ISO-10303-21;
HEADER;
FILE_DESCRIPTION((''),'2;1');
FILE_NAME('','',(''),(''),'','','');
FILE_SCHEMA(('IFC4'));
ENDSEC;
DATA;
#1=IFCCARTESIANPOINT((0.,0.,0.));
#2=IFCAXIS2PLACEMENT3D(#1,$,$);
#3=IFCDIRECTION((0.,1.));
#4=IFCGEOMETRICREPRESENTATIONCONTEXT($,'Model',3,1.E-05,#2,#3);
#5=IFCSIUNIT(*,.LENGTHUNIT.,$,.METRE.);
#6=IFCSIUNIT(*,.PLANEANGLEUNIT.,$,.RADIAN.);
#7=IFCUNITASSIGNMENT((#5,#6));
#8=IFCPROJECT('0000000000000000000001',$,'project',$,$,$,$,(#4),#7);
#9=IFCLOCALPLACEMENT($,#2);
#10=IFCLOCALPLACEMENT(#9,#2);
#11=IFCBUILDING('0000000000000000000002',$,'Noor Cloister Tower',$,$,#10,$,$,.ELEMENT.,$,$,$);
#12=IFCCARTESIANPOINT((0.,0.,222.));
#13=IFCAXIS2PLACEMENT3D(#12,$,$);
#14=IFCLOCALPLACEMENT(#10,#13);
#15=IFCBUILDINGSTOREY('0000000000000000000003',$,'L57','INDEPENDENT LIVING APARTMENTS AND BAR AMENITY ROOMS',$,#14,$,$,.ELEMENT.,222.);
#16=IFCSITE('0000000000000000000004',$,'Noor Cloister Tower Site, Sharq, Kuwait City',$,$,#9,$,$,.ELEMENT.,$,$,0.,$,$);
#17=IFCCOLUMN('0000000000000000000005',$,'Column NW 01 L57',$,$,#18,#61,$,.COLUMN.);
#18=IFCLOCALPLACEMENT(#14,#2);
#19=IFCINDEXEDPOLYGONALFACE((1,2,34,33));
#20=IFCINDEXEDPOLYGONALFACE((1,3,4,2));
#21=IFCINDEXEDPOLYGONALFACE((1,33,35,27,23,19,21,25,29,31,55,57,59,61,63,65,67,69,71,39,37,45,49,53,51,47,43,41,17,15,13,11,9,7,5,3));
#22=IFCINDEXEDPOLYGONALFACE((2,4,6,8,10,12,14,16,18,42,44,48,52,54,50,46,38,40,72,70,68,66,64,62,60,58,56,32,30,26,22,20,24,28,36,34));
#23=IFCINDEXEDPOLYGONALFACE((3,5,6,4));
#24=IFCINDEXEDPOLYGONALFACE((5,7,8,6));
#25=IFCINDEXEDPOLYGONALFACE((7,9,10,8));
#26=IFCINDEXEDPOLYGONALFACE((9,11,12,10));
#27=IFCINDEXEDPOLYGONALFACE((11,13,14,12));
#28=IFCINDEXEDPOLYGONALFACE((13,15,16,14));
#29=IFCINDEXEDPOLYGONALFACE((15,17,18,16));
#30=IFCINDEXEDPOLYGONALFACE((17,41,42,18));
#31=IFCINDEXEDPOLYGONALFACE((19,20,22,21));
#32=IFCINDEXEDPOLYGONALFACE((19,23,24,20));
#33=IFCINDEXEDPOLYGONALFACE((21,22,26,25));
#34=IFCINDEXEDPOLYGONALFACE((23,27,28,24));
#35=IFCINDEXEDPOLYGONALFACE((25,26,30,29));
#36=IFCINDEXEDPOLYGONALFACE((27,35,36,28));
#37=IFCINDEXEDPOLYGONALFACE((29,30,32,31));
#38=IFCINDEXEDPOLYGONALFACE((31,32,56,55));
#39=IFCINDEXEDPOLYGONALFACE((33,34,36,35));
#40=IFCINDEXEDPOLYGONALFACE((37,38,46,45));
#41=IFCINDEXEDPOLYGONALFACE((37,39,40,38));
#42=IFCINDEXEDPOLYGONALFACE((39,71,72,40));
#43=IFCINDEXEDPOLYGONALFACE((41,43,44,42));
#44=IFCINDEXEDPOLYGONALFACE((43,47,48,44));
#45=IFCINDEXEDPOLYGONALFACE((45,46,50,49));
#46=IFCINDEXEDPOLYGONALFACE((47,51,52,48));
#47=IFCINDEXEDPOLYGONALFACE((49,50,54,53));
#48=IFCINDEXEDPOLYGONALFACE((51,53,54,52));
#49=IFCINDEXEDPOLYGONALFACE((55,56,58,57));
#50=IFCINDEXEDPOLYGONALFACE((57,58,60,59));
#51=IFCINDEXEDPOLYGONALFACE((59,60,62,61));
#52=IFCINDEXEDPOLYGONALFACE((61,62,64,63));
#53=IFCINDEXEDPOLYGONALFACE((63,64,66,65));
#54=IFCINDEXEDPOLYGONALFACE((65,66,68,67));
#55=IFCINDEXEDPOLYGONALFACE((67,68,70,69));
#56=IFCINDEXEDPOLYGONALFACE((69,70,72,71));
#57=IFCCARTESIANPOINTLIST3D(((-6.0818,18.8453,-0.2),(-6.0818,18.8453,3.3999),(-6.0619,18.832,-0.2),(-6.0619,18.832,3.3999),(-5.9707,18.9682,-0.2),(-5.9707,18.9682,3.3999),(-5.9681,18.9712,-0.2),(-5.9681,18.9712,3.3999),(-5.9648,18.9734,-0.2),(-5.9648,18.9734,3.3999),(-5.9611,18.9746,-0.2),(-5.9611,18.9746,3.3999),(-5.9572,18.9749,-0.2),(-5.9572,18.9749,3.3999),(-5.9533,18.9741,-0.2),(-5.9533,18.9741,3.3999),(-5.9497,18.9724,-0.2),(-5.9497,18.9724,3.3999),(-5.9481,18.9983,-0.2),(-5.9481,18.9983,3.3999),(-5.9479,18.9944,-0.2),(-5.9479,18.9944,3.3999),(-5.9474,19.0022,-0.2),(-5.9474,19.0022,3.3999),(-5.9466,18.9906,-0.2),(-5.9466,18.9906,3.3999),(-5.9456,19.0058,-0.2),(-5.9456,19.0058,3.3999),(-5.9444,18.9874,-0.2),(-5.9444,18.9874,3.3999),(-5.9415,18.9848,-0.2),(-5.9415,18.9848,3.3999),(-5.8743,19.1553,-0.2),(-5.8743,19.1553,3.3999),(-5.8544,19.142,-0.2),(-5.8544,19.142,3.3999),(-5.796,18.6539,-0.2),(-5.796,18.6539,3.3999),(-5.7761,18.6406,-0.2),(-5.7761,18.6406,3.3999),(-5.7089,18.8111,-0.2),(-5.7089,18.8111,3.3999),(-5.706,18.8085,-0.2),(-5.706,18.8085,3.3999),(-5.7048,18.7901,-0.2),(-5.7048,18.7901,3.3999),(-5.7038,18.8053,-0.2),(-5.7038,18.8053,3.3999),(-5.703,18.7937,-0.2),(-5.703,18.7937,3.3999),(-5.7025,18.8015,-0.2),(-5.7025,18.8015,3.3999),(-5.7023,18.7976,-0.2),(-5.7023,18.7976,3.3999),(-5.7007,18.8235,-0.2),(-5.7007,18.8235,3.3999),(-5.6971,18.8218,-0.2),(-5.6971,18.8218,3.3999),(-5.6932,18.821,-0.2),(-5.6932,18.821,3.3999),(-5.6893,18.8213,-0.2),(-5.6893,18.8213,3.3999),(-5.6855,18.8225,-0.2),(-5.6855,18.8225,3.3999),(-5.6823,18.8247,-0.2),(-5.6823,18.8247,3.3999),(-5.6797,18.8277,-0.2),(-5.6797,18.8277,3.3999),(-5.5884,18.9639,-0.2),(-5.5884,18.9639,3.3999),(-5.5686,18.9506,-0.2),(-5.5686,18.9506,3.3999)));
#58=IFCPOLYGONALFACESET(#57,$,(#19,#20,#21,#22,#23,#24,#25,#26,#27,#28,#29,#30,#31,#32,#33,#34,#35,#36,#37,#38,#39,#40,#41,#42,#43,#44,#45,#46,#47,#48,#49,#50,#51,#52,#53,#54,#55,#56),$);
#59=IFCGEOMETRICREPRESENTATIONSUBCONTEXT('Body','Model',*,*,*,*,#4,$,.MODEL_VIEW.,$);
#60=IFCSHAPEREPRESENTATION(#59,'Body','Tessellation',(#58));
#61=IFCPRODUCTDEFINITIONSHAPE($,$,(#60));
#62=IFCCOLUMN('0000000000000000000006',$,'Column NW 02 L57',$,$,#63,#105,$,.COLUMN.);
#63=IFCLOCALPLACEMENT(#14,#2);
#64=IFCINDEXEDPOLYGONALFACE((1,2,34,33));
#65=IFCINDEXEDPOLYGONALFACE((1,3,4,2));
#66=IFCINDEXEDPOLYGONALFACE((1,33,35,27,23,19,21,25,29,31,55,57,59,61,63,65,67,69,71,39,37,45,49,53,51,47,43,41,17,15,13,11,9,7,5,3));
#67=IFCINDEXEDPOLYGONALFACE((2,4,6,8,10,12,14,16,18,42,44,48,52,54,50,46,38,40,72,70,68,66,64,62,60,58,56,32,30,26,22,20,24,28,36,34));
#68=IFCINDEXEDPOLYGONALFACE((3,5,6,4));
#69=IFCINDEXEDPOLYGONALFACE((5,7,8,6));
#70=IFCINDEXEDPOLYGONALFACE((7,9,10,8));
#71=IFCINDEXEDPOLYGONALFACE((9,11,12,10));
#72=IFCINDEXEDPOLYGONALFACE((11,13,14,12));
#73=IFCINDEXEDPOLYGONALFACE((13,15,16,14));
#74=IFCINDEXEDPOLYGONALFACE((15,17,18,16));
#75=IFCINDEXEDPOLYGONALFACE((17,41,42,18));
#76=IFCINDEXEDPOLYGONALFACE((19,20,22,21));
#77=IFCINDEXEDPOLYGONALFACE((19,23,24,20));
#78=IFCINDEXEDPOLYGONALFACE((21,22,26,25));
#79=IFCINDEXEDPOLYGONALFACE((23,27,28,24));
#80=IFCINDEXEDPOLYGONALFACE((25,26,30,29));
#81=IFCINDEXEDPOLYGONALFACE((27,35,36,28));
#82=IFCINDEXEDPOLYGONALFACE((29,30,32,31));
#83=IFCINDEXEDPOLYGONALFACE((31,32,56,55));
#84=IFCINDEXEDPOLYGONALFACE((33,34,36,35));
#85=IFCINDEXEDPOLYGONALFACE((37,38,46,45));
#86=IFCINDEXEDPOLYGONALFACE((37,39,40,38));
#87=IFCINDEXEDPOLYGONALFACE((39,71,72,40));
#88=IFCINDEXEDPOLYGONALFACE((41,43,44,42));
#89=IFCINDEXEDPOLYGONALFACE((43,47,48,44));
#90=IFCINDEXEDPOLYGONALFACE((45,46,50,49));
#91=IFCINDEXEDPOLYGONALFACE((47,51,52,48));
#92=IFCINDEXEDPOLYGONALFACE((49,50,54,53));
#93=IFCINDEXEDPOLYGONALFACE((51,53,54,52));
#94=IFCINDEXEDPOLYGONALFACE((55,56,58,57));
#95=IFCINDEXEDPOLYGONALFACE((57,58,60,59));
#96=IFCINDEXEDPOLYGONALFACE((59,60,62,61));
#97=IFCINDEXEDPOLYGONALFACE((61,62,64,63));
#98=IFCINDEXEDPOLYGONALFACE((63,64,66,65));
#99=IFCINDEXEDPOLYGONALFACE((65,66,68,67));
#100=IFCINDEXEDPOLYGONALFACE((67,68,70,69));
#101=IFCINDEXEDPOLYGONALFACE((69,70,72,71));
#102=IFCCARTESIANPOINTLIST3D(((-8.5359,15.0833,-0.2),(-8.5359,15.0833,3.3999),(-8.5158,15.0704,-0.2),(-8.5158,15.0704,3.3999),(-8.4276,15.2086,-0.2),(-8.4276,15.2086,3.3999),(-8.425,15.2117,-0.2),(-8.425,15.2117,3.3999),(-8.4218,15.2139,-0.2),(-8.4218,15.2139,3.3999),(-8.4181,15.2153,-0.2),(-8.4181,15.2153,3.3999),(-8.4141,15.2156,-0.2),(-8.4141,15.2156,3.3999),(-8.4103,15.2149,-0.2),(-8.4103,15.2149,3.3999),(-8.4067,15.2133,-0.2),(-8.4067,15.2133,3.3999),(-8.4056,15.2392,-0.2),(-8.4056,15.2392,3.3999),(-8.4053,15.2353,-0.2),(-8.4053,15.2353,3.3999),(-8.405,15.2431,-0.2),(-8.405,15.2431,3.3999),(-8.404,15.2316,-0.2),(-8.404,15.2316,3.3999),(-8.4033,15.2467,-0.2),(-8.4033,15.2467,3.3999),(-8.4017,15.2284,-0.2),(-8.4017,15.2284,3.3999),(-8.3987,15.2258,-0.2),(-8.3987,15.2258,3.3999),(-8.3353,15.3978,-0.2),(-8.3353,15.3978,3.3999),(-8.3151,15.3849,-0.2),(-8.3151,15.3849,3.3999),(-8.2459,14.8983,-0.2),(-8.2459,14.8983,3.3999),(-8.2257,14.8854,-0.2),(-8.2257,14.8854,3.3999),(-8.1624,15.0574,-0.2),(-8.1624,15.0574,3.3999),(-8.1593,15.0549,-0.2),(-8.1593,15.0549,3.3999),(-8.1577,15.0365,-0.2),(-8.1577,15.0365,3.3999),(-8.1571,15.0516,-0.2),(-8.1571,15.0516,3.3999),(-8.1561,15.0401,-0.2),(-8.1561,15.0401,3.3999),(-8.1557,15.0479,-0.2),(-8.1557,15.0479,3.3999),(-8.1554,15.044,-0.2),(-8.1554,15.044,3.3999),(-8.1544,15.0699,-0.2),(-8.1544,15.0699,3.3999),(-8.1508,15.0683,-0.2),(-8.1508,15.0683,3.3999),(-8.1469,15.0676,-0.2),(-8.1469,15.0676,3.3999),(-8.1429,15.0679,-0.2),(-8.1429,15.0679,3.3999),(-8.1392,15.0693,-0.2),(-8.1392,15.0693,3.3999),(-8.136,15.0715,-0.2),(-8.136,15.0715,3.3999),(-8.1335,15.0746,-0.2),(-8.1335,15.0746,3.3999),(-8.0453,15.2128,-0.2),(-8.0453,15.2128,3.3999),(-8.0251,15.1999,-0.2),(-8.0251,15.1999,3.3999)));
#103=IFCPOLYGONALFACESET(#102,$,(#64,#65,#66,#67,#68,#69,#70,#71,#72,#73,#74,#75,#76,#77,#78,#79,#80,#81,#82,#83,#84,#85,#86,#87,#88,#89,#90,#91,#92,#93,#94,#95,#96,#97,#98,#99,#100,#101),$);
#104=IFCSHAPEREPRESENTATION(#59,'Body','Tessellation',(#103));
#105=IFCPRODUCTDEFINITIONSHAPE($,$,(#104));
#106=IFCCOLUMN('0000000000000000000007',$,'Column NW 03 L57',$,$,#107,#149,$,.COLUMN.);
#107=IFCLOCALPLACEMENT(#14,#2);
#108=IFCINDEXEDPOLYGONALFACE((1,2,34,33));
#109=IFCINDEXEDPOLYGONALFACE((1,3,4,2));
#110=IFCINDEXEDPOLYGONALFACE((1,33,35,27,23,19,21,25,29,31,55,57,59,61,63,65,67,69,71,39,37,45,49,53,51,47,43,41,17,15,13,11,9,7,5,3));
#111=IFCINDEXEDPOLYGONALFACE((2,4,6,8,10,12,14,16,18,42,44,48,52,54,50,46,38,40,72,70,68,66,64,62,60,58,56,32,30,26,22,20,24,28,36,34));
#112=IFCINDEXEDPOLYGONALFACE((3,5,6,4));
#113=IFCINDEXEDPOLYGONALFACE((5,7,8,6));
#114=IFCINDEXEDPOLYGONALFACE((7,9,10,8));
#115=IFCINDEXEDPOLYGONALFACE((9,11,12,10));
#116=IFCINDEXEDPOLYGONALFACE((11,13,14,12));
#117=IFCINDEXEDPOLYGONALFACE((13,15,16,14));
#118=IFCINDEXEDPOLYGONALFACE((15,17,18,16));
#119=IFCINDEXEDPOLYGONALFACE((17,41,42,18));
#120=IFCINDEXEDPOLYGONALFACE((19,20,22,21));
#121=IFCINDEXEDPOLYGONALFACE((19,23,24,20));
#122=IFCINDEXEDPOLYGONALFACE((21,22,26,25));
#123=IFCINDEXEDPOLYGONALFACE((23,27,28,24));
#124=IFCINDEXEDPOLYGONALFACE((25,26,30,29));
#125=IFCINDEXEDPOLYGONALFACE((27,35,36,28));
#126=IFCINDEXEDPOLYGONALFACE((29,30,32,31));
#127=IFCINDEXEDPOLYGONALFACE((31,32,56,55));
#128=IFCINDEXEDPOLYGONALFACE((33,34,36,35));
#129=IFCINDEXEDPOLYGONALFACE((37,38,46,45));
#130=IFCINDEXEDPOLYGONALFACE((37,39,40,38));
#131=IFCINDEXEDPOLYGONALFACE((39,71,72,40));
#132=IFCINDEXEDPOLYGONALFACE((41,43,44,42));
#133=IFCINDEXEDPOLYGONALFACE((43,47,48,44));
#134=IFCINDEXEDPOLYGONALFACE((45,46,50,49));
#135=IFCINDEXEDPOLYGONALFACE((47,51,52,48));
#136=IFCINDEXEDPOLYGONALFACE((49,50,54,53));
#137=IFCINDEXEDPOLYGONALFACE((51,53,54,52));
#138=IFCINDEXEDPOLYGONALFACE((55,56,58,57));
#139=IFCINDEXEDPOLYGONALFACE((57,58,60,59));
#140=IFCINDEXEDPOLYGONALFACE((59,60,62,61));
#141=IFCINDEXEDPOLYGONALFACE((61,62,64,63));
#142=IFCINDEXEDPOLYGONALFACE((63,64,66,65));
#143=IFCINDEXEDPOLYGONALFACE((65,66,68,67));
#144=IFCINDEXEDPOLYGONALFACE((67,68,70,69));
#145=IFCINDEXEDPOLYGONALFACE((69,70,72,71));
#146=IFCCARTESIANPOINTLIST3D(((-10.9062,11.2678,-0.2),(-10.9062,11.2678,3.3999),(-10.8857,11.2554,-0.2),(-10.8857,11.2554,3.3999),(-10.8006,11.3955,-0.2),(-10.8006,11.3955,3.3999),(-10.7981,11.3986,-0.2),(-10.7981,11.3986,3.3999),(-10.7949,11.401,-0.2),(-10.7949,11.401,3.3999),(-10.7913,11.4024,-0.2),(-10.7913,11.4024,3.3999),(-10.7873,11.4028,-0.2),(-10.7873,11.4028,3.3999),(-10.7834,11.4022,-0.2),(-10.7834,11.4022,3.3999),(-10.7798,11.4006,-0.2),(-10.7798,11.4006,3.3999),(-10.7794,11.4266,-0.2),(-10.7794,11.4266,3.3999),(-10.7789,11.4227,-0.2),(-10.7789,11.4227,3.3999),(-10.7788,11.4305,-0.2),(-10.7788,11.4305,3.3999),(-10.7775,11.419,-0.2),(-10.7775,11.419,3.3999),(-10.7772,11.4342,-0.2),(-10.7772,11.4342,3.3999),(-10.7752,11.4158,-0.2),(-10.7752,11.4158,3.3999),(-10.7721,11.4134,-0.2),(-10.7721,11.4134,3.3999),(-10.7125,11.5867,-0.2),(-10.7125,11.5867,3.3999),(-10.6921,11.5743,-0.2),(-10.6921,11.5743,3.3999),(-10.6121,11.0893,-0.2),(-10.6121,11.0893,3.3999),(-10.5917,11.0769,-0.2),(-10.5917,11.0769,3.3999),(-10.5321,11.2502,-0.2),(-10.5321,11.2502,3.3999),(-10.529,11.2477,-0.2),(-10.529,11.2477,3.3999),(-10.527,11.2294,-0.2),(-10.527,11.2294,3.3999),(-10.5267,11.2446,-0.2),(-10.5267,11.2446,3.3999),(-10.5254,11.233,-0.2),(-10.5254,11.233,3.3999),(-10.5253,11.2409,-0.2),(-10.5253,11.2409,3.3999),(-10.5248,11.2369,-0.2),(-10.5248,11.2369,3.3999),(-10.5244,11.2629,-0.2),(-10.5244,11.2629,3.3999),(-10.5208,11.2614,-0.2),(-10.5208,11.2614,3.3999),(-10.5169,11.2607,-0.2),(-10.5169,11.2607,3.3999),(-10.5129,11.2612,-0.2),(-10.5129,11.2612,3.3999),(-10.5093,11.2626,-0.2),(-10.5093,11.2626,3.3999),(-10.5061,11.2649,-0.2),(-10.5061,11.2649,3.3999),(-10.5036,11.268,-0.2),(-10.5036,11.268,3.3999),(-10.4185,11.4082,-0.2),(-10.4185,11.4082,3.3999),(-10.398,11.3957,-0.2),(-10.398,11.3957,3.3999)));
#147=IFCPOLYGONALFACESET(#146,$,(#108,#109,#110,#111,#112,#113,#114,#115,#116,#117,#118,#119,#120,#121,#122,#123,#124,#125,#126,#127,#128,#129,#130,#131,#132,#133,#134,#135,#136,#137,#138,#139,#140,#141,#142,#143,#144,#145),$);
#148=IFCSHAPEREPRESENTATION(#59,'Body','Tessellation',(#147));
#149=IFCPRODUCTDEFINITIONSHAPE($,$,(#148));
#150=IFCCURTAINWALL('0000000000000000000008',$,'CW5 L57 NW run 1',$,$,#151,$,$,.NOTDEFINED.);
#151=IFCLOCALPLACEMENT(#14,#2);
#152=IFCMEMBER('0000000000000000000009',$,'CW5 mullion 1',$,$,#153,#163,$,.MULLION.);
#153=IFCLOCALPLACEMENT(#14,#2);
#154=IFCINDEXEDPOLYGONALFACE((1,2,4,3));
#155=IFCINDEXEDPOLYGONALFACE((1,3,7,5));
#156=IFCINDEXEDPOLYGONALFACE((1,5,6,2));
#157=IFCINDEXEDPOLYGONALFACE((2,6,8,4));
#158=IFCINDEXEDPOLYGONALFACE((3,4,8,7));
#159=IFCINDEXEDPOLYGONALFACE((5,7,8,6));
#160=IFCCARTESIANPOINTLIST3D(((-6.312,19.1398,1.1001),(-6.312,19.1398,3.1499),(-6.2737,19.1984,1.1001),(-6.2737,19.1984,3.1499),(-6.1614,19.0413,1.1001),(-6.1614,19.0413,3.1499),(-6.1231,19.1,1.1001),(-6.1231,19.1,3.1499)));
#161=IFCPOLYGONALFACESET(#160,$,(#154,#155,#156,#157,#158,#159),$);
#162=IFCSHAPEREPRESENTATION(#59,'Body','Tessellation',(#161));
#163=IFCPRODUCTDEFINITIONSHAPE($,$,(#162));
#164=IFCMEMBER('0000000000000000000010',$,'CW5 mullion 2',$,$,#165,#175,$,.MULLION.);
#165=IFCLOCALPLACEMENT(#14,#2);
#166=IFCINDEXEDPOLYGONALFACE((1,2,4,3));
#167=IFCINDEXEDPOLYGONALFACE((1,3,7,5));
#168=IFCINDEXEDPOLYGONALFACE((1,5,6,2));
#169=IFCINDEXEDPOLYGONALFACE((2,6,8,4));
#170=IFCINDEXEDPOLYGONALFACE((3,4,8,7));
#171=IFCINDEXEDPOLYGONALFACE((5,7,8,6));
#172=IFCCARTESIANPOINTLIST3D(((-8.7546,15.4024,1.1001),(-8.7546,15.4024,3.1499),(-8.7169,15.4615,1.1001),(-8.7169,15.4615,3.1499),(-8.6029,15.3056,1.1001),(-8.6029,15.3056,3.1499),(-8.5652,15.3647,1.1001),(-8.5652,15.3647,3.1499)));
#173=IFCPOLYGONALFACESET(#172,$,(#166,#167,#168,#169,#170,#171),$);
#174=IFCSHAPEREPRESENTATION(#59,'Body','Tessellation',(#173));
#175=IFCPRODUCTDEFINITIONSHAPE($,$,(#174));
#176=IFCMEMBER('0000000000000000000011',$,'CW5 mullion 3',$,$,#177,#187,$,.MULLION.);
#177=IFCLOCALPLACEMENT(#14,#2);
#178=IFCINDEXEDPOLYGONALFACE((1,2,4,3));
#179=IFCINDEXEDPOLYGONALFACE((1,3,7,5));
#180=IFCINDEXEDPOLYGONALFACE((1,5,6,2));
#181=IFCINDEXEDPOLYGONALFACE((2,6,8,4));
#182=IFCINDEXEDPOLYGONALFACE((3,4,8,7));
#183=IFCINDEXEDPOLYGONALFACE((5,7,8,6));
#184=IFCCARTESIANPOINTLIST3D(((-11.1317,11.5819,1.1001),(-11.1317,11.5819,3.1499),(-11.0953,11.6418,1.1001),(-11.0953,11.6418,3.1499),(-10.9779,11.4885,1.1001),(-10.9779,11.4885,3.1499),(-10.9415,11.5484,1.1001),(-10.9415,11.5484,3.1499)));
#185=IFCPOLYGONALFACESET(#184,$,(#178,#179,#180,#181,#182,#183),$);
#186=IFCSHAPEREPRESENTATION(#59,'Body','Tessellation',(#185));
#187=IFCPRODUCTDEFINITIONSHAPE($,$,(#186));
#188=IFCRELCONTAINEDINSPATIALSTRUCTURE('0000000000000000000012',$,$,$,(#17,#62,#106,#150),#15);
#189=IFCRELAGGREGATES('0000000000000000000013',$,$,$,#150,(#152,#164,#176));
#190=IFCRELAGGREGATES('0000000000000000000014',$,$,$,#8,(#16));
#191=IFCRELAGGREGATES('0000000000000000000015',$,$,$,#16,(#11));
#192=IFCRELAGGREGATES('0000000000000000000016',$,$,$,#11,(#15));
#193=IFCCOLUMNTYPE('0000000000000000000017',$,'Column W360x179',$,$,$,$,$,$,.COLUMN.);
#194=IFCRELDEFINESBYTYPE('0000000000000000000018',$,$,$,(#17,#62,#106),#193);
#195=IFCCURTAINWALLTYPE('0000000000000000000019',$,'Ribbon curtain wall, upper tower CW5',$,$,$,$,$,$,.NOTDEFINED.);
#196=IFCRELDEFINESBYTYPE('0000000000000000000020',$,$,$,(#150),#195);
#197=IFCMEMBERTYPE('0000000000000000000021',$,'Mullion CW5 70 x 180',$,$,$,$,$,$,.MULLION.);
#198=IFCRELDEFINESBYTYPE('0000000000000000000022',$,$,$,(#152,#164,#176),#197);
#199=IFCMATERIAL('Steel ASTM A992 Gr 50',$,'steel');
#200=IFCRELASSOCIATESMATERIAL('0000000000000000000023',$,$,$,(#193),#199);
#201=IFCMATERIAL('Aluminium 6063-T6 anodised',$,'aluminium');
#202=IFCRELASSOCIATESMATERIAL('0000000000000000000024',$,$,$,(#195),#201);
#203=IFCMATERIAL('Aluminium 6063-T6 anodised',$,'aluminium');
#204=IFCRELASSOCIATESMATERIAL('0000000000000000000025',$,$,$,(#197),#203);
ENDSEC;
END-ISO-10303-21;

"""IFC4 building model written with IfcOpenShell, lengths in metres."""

from ifc_helpers import new_model, si_unit, direction, frame, origin, origin_2d, place, context, subcontext, project, spatial, rectangle, i_section, extrude, material, material_profile, profile_set, type_object, element, aggregate, save


model = new_model("IFC4")

# Units and contexts
model_context = context("Model", 3, precision=1e-05, world=origin(), true_north=direction((0.0, 1.0)))
body_context = subcontext(model_context, "Body", "Model", "MODEL_VIEW")
ifc_project = project(units=[si_unit("LENGTHUNIT", "METRE"), si_unit("PLANEANGLEUNIT", "RADIAN")], contexts=[model_context])

# Site, building, storey
site_placement = place(None, origin())
site = spatial("IfcSite", under=ifc_project, at=site_placement, Name="Noor Cloister Tower Site, Sharq, Kuwait City", CompositionType="ELEMENT", RefElevation=0.0)
building_placement = place(site_placement, origin())
building = spatial("IfcBuilding", under=site, at=building_placement, Name="Noor Cloister Tower", CompositionType="ELEMENT")
storey_placement = place(building_placement, frame((0.0, 0.0, 222.0)))
storey = spatial("IfcBuildingStorey", under=building, at=storey_placement, Name="L57", Description="INDEPENDENT LIVING APARTMENTS AND BAR AMENITY ROOMS", CompositionType="ELEMENT", Elevation=222.0)

# Columns
ifc_material_1 = material(Name="Steel ASTM A992 Gr 50", Category="steel")
ifc_material_profile_1 = material_profile(ifc_material_1, i_section(OverallWidth=0.373, OverallDepth=0.3679, WebThickness=0.0149, FlangeThickness=0.0239, FilletRadius=0.0151, at=origin_2d()), Name="W360x179")
ifc_profile_set_1 = profile_set([ifc_material_profile_1], Name="Steel ASTM A992 Gr 50")
column_type = type_object("IfcColumnType", Name="Column W360x179", PredefinedType="COLUMN", material=ifc_profile_set_1)
for number, where, z_axis, x_axis, name in (
    (1, (-5.8252, 18.8979, -0.2), (0.0, 0.0, 1.0), (-0.55636, -0.830941, 0.0), "Column NW 01 L57"),
    (2, (-8.2805, 15.1416, -0.2), (0.0, 0.0, 1.0), (-0.537834, -0.843051, 0.0), "Column NW 02 L57"),
    (3, (-10.6521, 11.3318, -0.2), (0.0, 0.0, 1.0), (-0.519044, -0.854747, 0.0), "Column NW 03 L57"),
):
    element("IfcColumn", number, at=place(storey_placement, frame(where, z_axis=z_axis, x_axis=x_axis)), inside=storey, type_object=column_type, Name=name, PredefinedType="COLUMN", context=body_context, shape_type="SweptSolid", body=[
        extrude(i_section(OverallWidth=0.373, OverallDepth=0.3679, WebThickness=0.0149, FlangeThickness=0.0239, FilletRadius=0.0151, at=origin_2d()), origin(), (0.0, 0.0, 1.0), 3.5999),
    ])

# Curtain wall, members
ifc_material_2 = material(Name="Aluminium 6063-T6 anodised", Category="aluminium")
curtain_wall_type = type_object("IfcCurtainWallType", Name="Ribbon curtain wall, upper tower CW5", PredefinedType="NOTDEFINED", material=ifc_material_2)
curtain_wall_placement = place(storey_placement, origin())
curtain_wall = element("IfcCurtainWall", 4, at=curtain_wall_placement, inside=storey, type_object=curtain_wall_type, Name="CW5 L57 NW run 1", PredefinedType="NOTDEFINED")
ifc_material_3 = material(Name="Aluminium 6063-T6 anodised", Category="aluminium")
ifc_material_profile_2 = material_profile(ifc_material_3, rectangle(XDim=0.1799, YDim=0.0701, at=origin_2d()), Name="180 x 70 mullion")
ifc_profile_set_2 = profile_set([ifc_material_profile_2], Name="Aluminium 6063-T6 anodised")
member_type = type_object("IfcMemberType", Name="Mullion CW5 70 x 180", PredefinedType="MULLION", material=ifc_profile_set_2)
member_1_placement = place(storey_placement, frame((-6.2175, 19.1199, 1.1001), z_axis=(0.0, 0.0, 1.0), x_axis=(0.837047, -0.547131, 0.0)))
member_1 = element("IfcMember", 5, at=member_1_placement, type_object=member_type, Name="CW5 mullion 1", PredefinedType="MULLION", context=body_context, shape_type="SweptSolid", body=[
    extrude(rectangle(XDim=0.1799, YDim=0.0701, at=origin_2d()), origin(), (0.0, 0.0, 1.0), 2.0498),
])
member_2_placement = place(storey_placement, frame((-8.6599, 15.3835, 1.1001), z_axis=(0.0, 0.0, 1.0), x_axis=(0.843051, -0.537834, 0.0)))
member_2 = element("IfcMember", 6, at=member_2_placement, type_object=member_type, Name="CW5 mullion 2", PredefinedType="MULLION", context=body_context, shape_type="SweptSolid", body=[
    extrude(rectangle(XDim=0.1799, YDim=0.0701, at=origin_2d()), origin(), (0.0, 0.0, 1.0), 2.0498),
])
member_3_placement = place(storey_placement, frame((-11.0366, 11.5652, 1.1001), z_axis=(0.0, 0.0, 1.0), x_axis=(0.854747, -0.519044, 0.0)))
member_3 = element("IfcMember", 7, at=member_3_placement, type_object=member_type, Name="CW5 mullion 3", PredefinedType="MULLION", context=body_context, shape_type="SweptSolid", body=[
    extrude(rectangle(XDim=0.1799, YDim=0.0701, at=origin_2d()), origin(), (0.0, 0.0, 1.0), 2.0498),
])

aggregate(curtain_wall, [member_1, member_2, member_3])

save(model, "model.ifc")
